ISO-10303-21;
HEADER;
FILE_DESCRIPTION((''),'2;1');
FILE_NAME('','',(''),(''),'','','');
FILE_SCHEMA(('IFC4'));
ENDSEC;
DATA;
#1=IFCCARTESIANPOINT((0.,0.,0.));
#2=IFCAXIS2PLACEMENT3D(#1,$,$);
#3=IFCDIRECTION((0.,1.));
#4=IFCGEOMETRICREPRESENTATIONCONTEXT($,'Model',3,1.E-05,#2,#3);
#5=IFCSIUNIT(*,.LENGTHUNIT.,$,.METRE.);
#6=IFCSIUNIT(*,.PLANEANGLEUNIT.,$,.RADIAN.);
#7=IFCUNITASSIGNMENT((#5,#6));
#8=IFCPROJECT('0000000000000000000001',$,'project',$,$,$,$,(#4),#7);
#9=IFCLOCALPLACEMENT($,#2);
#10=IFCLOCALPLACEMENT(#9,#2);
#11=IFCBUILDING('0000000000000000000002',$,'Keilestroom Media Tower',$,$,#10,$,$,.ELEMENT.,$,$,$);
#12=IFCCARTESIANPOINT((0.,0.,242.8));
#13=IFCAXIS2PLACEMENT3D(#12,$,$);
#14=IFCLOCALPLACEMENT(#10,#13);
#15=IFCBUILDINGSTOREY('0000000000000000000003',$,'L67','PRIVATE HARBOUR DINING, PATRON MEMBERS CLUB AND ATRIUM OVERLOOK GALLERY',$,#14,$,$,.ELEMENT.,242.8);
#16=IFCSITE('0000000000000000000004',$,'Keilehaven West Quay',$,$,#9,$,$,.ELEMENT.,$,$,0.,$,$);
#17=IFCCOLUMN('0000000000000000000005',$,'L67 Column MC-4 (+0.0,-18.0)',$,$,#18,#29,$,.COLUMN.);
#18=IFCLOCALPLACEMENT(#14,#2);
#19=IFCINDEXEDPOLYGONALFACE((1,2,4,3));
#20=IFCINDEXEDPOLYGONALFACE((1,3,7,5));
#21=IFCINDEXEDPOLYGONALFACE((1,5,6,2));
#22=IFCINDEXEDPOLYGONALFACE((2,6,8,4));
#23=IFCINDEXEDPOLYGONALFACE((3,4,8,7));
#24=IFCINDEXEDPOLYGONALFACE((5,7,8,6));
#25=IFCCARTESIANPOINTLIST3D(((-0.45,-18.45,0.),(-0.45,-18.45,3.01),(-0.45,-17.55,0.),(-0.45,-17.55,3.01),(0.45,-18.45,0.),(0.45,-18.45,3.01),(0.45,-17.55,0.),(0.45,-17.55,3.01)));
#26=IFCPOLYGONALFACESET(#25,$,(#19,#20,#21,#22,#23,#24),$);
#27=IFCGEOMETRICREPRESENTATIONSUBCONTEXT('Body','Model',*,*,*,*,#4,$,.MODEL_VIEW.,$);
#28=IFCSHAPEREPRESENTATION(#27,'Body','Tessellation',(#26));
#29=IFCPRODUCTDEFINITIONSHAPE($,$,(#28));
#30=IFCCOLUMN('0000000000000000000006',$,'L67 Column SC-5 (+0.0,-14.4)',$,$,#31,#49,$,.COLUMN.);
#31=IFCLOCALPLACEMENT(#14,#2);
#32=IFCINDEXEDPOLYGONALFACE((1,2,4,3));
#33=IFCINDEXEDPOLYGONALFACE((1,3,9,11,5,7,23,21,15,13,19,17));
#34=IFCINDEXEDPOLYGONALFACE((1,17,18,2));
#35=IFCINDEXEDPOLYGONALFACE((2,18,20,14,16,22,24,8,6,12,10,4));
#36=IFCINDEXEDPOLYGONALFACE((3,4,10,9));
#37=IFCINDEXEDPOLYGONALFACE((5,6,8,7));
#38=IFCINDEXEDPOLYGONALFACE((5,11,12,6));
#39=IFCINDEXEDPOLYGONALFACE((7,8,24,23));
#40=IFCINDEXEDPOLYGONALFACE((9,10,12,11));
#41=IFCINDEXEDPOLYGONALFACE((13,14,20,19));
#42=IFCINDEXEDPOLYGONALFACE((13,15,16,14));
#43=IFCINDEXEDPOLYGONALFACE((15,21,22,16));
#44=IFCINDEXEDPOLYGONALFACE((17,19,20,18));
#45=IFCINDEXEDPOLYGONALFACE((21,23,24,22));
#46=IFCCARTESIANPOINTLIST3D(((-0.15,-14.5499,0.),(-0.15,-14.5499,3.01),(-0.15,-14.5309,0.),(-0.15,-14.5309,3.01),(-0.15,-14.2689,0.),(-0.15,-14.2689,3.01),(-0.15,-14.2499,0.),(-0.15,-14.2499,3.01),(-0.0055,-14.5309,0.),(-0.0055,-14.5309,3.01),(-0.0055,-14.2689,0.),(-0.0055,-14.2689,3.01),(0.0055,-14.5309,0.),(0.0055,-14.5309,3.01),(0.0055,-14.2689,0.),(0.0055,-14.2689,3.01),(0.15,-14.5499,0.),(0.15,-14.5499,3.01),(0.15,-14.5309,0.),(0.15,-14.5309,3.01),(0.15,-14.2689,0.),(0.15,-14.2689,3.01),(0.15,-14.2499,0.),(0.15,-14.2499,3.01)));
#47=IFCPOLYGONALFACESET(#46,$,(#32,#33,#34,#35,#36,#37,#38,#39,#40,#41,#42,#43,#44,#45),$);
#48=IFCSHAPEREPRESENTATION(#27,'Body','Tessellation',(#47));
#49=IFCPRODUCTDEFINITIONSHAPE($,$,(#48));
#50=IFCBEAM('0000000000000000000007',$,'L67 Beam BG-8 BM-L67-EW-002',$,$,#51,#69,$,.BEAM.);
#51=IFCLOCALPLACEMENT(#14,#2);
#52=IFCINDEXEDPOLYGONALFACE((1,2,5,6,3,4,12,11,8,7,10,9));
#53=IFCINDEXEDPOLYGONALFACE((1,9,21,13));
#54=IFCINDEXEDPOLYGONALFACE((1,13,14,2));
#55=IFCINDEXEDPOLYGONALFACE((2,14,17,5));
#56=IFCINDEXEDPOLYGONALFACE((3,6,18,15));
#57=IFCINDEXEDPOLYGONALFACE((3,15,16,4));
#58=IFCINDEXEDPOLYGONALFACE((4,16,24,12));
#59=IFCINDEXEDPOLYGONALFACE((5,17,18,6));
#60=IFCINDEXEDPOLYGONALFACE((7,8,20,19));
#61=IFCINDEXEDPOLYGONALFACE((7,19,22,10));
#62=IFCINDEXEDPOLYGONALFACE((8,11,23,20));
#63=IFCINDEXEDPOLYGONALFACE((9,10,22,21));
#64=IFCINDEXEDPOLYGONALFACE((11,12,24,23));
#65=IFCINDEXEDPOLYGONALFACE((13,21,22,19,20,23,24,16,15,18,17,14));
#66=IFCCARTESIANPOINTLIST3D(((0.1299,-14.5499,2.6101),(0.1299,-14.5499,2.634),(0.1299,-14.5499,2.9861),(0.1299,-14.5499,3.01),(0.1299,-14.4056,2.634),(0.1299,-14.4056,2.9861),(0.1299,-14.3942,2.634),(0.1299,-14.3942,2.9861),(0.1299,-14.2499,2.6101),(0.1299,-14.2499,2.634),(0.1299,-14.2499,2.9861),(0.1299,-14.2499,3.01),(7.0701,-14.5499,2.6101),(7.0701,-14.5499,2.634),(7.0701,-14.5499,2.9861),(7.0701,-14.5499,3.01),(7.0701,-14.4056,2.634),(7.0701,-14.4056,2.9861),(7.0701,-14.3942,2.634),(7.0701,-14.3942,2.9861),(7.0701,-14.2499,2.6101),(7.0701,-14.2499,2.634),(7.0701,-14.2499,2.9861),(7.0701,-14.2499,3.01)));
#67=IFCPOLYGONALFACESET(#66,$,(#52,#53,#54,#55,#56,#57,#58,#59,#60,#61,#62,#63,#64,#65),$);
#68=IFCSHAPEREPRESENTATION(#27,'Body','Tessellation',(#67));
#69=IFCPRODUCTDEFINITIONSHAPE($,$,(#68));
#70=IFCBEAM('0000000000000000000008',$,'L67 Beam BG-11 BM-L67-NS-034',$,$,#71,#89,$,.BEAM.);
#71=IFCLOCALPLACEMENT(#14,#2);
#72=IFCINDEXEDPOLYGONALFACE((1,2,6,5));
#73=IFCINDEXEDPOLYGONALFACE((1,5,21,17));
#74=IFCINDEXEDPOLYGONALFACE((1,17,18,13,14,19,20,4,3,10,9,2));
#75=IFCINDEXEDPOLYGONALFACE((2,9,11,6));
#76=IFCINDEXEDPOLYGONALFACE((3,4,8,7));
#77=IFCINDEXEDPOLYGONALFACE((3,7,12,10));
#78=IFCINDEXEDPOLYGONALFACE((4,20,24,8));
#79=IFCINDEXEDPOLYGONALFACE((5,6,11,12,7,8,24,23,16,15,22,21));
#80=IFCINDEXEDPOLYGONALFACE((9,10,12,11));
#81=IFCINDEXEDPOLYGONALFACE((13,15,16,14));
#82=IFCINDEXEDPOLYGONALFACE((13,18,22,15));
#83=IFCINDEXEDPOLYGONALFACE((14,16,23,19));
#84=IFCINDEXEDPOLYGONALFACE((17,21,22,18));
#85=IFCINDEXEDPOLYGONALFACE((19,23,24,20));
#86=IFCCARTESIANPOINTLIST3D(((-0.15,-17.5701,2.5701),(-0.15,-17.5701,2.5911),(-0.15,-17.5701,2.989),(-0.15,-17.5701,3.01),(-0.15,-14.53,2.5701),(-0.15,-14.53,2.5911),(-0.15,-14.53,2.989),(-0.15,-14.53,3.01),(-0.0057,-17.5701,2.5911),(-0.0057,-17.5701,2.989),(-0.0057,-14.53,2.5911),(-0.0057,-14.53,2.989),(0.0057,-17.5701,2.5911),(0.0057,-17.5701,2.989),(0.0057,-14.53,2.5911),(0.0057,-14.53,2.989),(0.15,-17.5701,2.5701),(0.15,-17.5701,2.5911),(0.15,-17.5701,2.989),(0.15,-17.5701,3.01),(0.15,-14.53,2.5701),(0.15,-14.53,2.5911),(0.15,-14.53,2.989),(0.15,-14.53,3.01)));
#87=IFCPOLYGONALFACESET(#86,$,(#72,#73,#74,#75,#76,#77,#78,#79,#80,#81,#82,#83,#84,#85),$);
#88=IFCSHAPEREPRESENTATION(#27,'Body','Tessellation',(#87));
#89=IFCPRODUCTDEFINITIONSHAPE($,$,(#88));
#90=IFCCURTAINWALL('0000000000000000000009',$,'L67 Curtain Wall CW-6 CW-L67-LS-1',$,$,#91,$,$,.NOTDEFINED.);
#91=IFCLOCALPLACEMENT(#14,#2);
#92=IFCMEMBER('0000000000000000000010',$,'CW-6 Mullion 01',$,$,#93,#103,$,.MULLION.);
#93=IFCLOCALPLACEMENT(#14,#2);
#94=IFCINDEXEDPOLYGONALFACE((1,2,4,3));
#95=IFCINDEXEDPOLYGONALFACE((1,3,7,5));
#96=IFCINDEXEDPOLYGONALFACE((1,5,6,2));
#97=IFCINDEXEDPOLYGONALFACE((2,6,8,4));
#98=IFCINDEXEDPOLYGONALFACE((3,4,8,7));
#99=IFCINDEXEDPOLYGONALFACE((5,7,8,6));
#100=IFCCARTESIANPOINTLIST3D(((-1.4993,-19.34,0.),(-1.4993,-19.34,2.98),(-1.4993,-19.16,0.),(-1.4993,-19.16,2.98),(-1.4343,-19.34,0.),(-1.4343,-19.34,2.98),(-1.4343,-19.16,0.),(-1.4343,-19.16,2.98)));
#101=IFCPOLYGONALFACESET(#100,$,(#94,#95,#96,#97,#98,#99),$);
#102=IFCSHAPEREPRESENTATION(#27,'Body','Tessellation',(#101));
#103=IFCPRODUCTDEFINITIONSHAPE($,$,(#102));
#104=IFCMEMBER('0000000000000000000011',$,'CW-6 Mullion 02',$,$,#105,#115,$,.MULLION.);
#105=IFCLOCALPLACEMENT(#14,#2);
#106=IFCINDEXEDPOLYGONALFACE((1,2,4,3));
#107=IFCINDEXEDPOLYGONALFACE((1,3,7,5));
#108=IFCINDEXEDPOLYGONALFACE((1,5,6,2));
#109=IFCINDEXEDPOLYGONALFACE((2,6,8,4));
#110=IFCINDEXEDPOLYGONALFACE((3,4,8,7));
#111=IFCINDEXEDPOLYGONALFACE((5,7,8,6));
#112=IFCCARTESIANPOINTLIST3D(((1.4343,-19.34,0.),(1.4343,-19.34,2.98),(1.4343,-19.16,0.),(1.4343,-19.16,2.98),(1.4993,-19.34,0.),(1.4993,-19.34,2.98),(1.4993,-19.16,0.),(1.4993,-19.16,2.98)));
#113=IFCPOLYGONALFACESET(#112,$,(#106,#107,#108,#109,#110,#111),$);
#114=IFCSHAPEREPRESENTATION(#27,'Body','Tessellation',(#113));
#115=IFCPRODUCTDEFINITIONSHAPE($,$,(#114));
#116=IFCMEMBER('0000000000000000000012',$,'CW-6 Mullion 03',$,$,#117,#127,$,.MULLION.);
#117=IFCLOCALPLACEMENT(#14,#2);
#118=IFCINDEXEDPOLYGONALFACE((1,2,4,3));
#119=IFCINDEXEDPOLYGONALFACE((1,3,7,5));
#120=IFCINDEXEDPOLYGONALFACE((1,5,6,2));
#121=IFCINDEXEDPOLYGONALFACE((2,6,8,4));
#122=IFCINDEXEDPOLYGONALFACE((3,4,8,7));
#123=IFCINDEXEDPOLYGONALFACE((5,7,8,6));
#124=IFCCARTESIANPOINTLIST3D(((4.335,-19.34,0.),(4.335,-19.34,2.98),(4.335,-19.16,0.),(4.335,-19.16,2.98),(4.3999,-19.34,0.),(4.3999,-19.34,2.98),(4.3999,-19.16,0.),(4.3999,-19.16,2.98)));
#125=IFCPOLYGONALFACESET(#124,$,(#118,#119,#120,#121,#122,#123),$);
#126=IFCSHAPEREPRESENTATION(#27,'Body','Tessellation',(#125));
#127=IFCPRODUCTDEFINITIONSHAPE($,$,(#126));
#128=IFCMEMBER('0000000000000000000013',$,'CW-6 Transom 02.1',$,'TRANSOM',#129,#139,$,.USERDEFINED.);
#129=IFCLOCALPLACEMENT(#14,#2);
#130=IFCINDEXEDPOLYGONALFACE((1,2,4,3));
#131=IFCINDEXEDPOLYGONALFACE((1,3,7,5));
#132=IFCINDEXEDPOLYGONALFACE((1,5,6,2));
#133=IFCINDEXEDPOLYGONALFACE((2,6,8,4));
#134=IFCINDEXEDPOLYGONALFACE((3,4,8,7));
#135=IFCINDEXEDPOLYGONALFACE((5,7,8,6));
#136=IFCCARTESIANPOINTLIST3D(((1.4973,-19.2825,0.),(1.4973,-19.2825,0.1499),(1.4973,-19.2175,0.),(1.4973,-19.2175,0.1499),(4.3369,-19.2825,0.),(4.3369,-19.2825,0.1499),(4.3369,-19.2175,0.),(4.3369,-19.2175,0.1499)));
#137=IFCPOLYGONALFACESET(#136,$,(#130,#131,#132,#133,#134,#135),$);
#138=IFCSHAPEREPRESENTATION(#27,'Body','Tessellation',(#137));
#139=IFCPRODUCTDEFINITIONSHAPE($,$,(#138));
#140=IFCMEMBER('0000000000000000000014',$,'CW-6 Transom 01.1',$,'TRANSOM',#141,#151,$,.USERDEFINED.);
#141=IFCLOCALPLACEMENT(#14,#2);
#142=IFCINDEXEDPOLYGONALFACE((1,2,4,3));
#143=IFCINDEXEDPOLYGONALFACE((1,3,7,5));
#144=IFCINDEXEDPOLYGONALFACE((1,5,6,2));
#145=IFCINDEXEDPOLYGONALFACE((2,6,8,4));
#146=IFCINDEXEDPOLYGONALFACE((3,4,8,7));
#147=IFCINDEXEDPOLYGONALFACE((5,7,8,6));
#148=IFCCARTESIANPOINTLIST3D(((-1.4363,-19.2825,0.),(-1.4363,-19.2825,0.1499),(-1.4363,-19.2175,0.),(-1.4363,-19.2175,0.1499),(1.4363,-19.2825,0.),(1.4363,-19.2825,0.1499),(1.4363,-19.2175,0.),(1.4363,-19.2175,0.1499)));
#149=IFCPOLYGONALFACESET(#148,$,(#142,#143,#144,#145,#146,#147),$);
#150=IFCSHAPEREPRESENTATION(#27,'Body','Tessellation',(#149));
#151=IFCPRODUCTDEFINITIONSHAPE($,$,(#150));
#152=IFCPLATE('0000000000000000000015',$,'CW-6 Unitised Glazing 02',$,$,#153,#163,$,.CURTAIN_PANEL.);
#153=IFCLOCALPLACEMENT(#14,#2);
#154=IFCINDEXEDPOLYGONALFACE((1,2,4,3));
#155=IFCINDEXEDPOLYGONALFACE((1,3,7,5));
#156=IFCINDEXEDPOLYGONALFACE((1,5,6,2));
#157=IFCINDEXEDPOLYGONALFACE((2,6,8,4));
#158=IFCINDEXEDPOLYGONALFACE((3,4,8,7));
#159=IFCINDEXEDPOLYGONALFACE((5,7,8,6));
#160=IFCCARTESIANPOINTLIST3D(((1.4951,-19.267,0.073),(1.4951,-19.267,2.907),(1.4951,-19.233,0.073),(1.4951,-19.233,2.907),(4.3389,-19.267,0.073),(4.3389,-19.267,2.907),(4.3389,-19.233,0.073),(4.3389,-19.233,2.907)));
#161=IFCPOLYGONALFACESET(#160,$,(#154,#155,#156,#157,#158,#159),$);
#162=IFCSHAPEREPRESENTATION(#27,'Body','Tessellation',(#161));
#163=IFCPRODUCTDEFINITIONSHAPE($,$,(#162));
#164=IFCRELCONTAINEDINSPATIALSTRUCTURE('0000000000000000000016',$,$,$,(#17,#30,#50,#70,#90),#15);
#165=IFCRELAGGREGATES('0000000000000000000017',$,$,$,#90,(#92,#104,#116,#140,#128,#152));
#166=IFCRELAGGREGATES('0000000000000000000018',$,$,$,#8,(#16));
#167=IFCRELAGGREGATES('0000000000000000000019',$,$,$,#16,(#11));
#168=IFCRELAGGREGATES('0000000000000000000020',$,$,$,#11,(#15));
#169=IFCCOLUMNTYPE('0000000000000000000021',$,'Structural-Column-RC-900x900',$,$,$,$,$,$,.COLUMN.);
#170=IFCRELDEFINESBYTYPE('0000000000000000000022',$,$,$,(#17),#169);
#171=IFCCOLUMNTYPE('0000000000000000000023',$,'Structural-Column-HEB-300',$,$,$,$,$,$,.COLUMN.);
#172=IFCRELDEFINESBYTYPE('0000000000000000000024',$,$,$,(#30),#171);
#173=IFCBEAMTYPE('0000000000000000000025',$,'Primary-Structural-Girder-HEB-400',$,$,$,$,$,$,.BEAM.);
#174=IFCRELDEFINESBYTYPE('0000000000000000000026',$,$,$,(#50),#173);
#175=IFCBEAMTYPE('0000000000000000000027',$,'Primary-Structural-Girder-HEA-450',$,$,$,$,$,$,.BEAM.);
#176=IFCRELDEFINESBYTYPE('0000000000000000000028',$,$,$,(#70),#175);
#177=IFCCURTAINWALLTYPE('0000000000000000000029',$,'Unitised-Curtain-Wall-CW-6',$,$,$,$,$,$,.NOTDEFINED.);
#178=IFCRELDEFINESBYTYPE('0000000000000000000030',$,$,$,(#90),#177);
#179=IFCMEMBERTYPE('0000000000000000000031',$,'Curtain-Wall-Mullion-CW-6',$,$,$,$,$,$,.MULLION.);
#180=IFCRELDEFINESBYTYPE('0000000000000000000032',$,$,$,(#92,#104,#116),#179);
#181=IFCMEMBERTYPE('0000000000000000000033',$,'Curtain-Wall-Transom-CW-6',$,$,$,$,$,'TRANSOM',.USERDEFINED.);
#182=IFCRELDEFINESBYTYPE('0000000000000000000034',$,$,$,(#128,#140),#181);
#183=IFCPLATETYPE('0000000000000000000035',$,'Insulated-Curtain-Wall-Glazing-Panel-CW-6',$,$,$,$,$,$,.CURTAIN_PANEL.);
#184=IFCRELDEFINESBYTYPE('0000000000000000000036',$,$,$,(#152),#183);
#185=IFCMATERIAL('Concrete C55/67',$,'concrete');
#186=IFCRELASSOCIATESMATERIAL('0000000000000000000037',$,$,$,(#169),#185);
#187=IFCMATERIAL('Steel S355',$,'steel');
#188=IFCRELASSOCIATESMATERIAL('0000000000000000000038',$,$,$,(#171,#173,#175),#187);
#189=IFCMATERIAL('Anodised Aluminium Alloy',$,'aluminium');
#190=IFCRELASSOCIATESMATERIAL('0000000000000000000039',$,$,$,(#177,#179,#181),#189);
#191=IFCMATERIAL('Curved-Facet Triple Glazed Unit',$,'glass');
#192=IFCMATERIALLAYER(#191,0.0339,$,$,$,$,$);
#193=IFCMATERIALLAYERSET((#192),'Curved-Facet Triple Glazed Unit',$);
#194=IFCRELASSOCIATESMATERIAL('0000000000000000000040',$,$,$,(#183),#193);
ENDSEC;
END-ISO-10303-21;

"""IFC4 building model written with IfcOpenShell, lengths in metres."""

from ifc_helpers import new_model, si_unit, direction, frame, origin, origin_2d, place, context, subcontext, project, spatial, rectangle, i_section, extrude, source, transform, mapped, material, layer, layer_set, material_profile, profile_set, type_object, element, aggregate, save


model = new_model("IFC4")

# Units and contexts
model_context = context("Model", 3, precision=1e-05, world=origin(), true_north=direction((0.0, 1.0)))
body_context = subcontext(model_context, "Body", "Model", "MODEL_VIEW")
ifc_project = project(units=[si_unit("LENGTHUNIT", "METRE"), si_unit("PLANEANGLEUNIT", "RADIAN")], contexts=[model_context])

# Site, building, storey
site_placement = place(None, origin())
site = spatial("IfcSite", under=ifc_project, at=site_placement, Name="Keilehaven West Quay", CompositionType="ELEMENT", RefElevation=0.0)
building_placement = place(site_placement, origin())
building = spatial("IfcBuilding", under=site, at=building_placement, Name="Keilestroom Media Tower", CompositionType="ELEMENT")
storey_placement = place(building_placement, frame((0.0, 0.0, 242.8)))
storey = spatial("IfcBuildingStorey", under=building, at=storey_placement, Name="L67", Description="PRIVATE HARBOUR DINING, PATRON MEMBERS CLUB AND ATRIUM OVERLOOK GALLERY", CompositionType="ELEMENT", Elevation=242.8)

# Columns
ifc_material_1 = material(Name="Concrete C55/67", Category="concrete")
ifc_material_profile_1 = material_profile(ifc_material_1, rectangle(XDim=0.8999, YDim=0.8999, at=origin_2d()), Name="RC 900x900")
ifc_profile_set_1 = profile_set([ifc_material_profile_1], Name="Concrete C55/67")
column_type_1 = type_object("IfcColumnType", Name="Structural-Column-RC-900x900", PredefinedType="COLUMN", material=ifc_profile_set_1)
shared_shape_1 = source(origin(), body_context, "Body", "SweptSolid", [
    extrude(rectangle(XDim=0.8999, YDim=0.8999, at=origin_2d()), origin(), (0.0, 0.0, 1.0), 3.01),
])
column_1_placement = place(storey_placement, frame((0.0, -18.0, 0.0), z_axis=(0.0, 0.0, 1.0), x_axis=(1.0, 0.0, 0.0)))
element("IfcColumn", 1, at=column_1_placement, inside=storey, type_object=column_type_1, Name="L67 Column MC-4 (+0.0,-18.0)", PredefinedType="COLUMN", context=body_context, shape_type="MappedRepresentation", body=[
    mapped(shared_shape_1, transform((0.0, 0.0, 0.0), x_axis=(1.0, 0.0, 0.0), y_axis=(0.0, 1.0, 0.0), z_axis=(0.0, 0.0, 1.0), scale=1.0)),
])
ifc_material_2 = material(Name="Steel S355", Category="steel")
ifc_material_profile_2 = material_profile(ifc_material_2, i_section(OverallWidth=0.3, OverallDepth=0.3, WebThickness=0.011, FlangeThickness=0.019, at=origin_2d()), Name="HEB 300")
ifc_profile_set_2 = profile_set([ifc_material_profile_2], Name="Steel S355")
column_type_2 = type_object("IfcColumnType", Name="Structural-Column-HEB-300", PredefinedType="COLUMN", material=ifc_profile_set_2)
shared_shape_2 = source(origin(), body_context, "Body", "SweptSolid", [
    extrude(i_section(OverallWidth=0.3, OverallDepth=0.3, WebThickness=0.011, FlangeThickness=0.019, at=origin_2d()), origin(), (0.0, 0.0, 1.0), 3.01),
])
column_2_placement = place(storey_placement, frame((0.0, -14.3999, 0.0), z_axis=(0.0, 0.0, 1.0), x_axis=(1.0, 0.0, 0.0)))
element("IfcColumn", 2, at=column_2_placement, inside=storey, type_object=column_type_2, Name="L67 Column SC-5 (+0.0,-14.4)", PredefinedType="COLUMN", context=body_context, shape_type="MappedRepresentation", body=[
    mapped(shared_shape_2, transform((0.0, 0.0, 0.0), x_axis=(1.0, 0.0, 0.0), y_axis=(0.0, 1.0, 0.0), z_axis=(0.0, 0.0, 1.0), scale=1.0)),
])

# Beams
ifc_material_profile_3 = material_profile(ifc_material_2, i_section(OverallWidth=0.3, OverallDepth=0.3999, WebThickness=0.0115, FlangeThickness=0.0239, at=origin_2d()), Name="HEB 400")
ifc_profile_set_3 = profile_set([ifc_material_profile_3], Name="Steel S355")
beam_type_1 = type_object("IfcBeamType", Name="Primary-Structural-Girder-HEB-400", PredefinedType="BEAM", material=ifc_profile_set_3)
shared_shape_3 = source(origin(), body_context, "Body", "SweptSolid", [
    extrude(i_section(OverallWidth=0.3, OverallDepth=0.3999, WebThickness=0.0115, FlangeThickness=0.0239, at=origin_2d()), origin(), (0.0, 0.0, 1.0), 6.9402),
])
beam_1_placement = place(storey_placement, frame((0.1299, -14.3999, 2.8101), z_axis=(1.0, 0.0, 0.0), x_axis=(0.0, 1.0, 0.0)))
element("IfcBeam", 3, at=beam_1_placement, inside=storey, type_object=beam_type_1, Name="L67 Beam BG-8 BM-L67-EW-002", PredefinedType="BEAM", context=body_context, shape_type="MappedRepresentation", body=[
    mapped(shared_shape_3, transform((0.0, 0.0, 0.0), x_axis=(1.0, 0.0, 0.0), y_axis=(0.0, 1.0, 0.0), z_axis=(0.0, 0.0, 1.0), scale=1.0)),
])
ifc_material_profile_4 = material_profile(ifc_material_2, i_section(OverallWidth=0.3, OverallDepth=0.4399, WebThickness=0.0115, FlangeThickness=0.021, at=origin_2d()), Name="HEA 450")
ifc_profile_set_4 = profile_set([ifc_material_profile_4], Name="Steel S355")
beam_type_2 = type_object("IfcBeamType", Name="Primary-Structural-Girder-HEA-450", PredefinedType="BEAM", material=ifc_profile_set_4)
shared_shape_4 = source(origin(), body_context, "Body", "SweptSolid", [
    extrude(i_section(OverallWidth=0.3, OverallDepth=0.4399, WebThickness=0.0115, FlangeThickness=0.021, at=origin_2d()), origin(), (0.0, 0.0, 1.0), 3.04),
])
beam_2_placement = place(storey_placement, frame((0.0, -17.5701, 2.79), z_axis=(0.0, 1.0, 0.0), x_axis=(-1.0, 0.0, 0.0)))
element("IfcBeam", 4, at=beam_2_placement, inside=storey, type_object=beam_type_2, Name="L67 Beam BG-11 BM-L67-NS-034", PredefinedType="BEAM", context=body_context, shape_type="MappedRepresentation", body=[
    mapped(shared_shape_4, transform((0.0, 0.0, 0.0), x_axis=(1.0, 0.0, 0.0), y_axis=(0.0, 1.0, 0.0), z_axis=(0.0, 0.0, 1.0), scale=1.0)),
])

# Curtain wall, members, plate
ifc_material_3 = material(Name="Anodised Aluminium Alloy", Category="aluminium")
curtain_wall_type = type_object("IfcCurtainWallType", Name="Unitised-Curtain-Wall-CW-6", PredefinedType="NOTDEFINED", material=ifc_material_3)
curtain_wall_placement = place(storey_placement, origin())
curtain_wall = element("IfcCurtainWall", 5, at=curtain_wall_placement, inside=storey, type_object=curtain_wall_type, Name="L67 Curtain Wall CW-6 CW-L67-LS-1", PredefinedType="NOTDEFINED")
ifc_material_profile_5 = material_profile(ifc_material_3, rectangle(XDim=0.0649, YDim=0.1799, at=origin_2d()), Name="ALU MULLION 65x180")
ifc_profile_set_5 = profile_set([ifc_material_profile_5], Name="Anodised Aluminium Alloy")
member_type_1 = type_object("IfcMemberType", Name="Curtain-Wall-Mullion-CW-6", PredefinedType="MULLION", material=ifc_profile_set_5)
shared_shape_5 = source(origin(), body_context, "Body", "SweptSolid", [
    extrude(rectangle(XDim=0.0649, YDim=0.1799, at=origin_2d()), origin(), (0.0, 0.0, 1.0), 2.98),
])
member_1_placement = place(storey_placement, frame((-1.4668, -19.25, 0.0), z_axis=(0.0, 0.0, 1.0), x_axis=(1.0, 0.0, 0.0)))
member_1 = element("IfcMember", 6, at=member_1_placement, type_object=member_type_1, Name="CW-6 Mullion 01", PredefinedType="MULLION", context=body_context, shape_type="MappedRepresentation", body=[
    mapped(shared_shape_5, transform((0.0, 0.0, 0.0), x_axis=(1.0, 0.0, 0.0), y_axis=(0.0, 1.0, 0.0), z_axis=(0.0, 0.0, 1.0), scale=1.0)),
])
member_2_placement = place(storey_placement, frame((1.4668, -19.25, 0.0), z_axis=(0.0, 0.0, 1.0), x_axis=(1.0, 0.0, 0.0)))
member_2 = element("IfcMember", 7, at=member_2_placement, type_object=member_type_1, Name="CW-6 Mullion 02", PredefinedType="MULLION", context=body_context, shape_type="MappedRepresentation", body=[
    mapped(shared_shape_5, transform((0.0, 0.0, 0.0), x_axis=(1.0, 0.0, 0.0), y_axis=(0.0, 1.0, 0.0), z_axis=(0.0, 0.0, 1.0), scale=1.0)),
])
member_3_placement = place(storey_placement, frame((4.3674, -19.25, 0.0), z_axis=(0.0, 0.0, 1.0), x_axis=(1.0, 0.0, 0.0)))
member_3 = element("IfcMember", 8, at=member_3_placement, type_object=member_type_1, Name="CW-6 Mullion 03", PredefinedType="MULLION", context=body_context, shape_type="MappedRepresentation", body=[
    mapped(shared_shape_5, transform((0.0, 0.0, 0.0), x_axis=(1.0, 0.0, 0.0), y_axis=(0.0, 1.0, 0.0), z_axis=(0.0, 0.0, 1.0), scale=1.0)),
])
ifc_material_profile_6 = material_profile(ifc_material_3, rectangle(XDim=0.0649, YDim=0.1499, at=origin_2d()), Name="ALU TRANSOM 65x150")
ifc_profile_set_6 = profile_set([ifc_material_profile_6], Name="Anodised Aluminium Alloy")
member_type_2 = type_object("IfcMemberType", Name="Curtain-Wall-Transom-CW-6", ElementType="TRANSOM", PredefinedType="USERDEFINED", material=ifc_profile_set_6)
shared_shape_6 = source(origin(), body_context, "Body", "SweptSolid", [
    extrude(rectangle(XDim=0.0649, YDim=0.1499, at=origin_2d()), origin(), (0.0, 0.0, 1.0), 2.8396),
])
member_4_placement = place(storey_placement, frame((1.4973, -19.25, 0.075), z_axis=(1.0, 0.0, 0.0), x_axis=(0.0, 1.0, 0.0)))
member_4 = element("IfcMember", 9, at=member_4_placement, type_object=member_type_2, Name="CW-6 Transom 02.1", ObjectType="TRANSOM", PredefinedType="USERDEFINED", context=body_context, shape_type="MappedRepresentation", body=[
    mapped(shared_shape_6, transform((0.0, 0.0, 0.0), x_axis=(1.0, 0.0, 0.0), y_axis=(0.0, 1.0, 0.0), z_axis=(0.0, 0.0, 1.0), scale=1.0)),
])
shared_shape_7 = source(origin(), body_context, "Body", "SweptSolid", [
    extrude(rectangle(XDim=0.0649, YDim=0.1499, at=origin_2d()), origin(), (0.0, 0.0, 1.0), 2.8726),
])
member_5_placement = place(storey_placement, frame((-1.4363, -19.25, 0.075), z_axis=(1.0, 0.0, 0.0), x_axis=(0.0, 1.0, 0.0)))
member_5 = element("IfcMember", 10, at=member_5_placement, type_object=member_type_2, Name="CW-6 Transom 01.1", ObjectType="TRANSOM", PredefinedType="USERDEFINED", context=body_context, shape_type="MappedRepresentation", body=[
    mapped(shared_shape_7, transform((0.0, 0.0, 0.0), x_axis=(1.0, 0.0, 0.0), y_axis=(0.0, 1.0, 0.0), z_axis=(0.0, 0.0, 1.0), scale=1.0)),
])
ifc_material_4 = material(Name="Curved-Facet Triple Glazed Unit", Category="glass")
ifc_layer_1 = layer(ifc_material_4, 0.0339)
ifc_layer_set_1 = layer_set([ifc_layer_1], Name="Curved-Facet Triple Glazed Unit")
plate_type = type_object("IfcPlateType", Name="Insulated-Curtain-Wall-Glazing-Panel-CW-6", PredefinedType="CURTAIN_PANEL", material=ifc_layer_set_1)
shared_shape_8 = source(origin(), body_context, "Body", "SweptSolid", [
    extrude(rectangle(XDim=2.8438, YDim=0.0339, at=origin_2d()), origin(), (0.0, 0.0, 1.0), 2.834),
])
plate_1_placement = place(storey_placement, frame((2.917, -19.25, 0.073), z_axis=(0.0, 0.0, 1.0), x_axis=(1.0, 0.0, 0.0)))
plate_1 = element("IfcPlate", 11, at=plate_1_placement, type_object=plate_type, Name="CW-6 Unitised Glazing 02", PredefinedType="CURTAIN_PANEL", context=body_context, shape_type="MappedRepresentation", body=[
    mapped(shared_shape_8, transform((0.0, 0.0, 0.0), x_axis=(1.0, 0.0, 0.0), y_axis=(0.0, 1.0, 0.0), z_axis=(0.0, 0.0, 1.0), scale=1.0)),
])
aggregate(curtain_wall, [member_1, member_2, member_3, member_5, member_4, plate_1])

save(model, "model.ifc")
